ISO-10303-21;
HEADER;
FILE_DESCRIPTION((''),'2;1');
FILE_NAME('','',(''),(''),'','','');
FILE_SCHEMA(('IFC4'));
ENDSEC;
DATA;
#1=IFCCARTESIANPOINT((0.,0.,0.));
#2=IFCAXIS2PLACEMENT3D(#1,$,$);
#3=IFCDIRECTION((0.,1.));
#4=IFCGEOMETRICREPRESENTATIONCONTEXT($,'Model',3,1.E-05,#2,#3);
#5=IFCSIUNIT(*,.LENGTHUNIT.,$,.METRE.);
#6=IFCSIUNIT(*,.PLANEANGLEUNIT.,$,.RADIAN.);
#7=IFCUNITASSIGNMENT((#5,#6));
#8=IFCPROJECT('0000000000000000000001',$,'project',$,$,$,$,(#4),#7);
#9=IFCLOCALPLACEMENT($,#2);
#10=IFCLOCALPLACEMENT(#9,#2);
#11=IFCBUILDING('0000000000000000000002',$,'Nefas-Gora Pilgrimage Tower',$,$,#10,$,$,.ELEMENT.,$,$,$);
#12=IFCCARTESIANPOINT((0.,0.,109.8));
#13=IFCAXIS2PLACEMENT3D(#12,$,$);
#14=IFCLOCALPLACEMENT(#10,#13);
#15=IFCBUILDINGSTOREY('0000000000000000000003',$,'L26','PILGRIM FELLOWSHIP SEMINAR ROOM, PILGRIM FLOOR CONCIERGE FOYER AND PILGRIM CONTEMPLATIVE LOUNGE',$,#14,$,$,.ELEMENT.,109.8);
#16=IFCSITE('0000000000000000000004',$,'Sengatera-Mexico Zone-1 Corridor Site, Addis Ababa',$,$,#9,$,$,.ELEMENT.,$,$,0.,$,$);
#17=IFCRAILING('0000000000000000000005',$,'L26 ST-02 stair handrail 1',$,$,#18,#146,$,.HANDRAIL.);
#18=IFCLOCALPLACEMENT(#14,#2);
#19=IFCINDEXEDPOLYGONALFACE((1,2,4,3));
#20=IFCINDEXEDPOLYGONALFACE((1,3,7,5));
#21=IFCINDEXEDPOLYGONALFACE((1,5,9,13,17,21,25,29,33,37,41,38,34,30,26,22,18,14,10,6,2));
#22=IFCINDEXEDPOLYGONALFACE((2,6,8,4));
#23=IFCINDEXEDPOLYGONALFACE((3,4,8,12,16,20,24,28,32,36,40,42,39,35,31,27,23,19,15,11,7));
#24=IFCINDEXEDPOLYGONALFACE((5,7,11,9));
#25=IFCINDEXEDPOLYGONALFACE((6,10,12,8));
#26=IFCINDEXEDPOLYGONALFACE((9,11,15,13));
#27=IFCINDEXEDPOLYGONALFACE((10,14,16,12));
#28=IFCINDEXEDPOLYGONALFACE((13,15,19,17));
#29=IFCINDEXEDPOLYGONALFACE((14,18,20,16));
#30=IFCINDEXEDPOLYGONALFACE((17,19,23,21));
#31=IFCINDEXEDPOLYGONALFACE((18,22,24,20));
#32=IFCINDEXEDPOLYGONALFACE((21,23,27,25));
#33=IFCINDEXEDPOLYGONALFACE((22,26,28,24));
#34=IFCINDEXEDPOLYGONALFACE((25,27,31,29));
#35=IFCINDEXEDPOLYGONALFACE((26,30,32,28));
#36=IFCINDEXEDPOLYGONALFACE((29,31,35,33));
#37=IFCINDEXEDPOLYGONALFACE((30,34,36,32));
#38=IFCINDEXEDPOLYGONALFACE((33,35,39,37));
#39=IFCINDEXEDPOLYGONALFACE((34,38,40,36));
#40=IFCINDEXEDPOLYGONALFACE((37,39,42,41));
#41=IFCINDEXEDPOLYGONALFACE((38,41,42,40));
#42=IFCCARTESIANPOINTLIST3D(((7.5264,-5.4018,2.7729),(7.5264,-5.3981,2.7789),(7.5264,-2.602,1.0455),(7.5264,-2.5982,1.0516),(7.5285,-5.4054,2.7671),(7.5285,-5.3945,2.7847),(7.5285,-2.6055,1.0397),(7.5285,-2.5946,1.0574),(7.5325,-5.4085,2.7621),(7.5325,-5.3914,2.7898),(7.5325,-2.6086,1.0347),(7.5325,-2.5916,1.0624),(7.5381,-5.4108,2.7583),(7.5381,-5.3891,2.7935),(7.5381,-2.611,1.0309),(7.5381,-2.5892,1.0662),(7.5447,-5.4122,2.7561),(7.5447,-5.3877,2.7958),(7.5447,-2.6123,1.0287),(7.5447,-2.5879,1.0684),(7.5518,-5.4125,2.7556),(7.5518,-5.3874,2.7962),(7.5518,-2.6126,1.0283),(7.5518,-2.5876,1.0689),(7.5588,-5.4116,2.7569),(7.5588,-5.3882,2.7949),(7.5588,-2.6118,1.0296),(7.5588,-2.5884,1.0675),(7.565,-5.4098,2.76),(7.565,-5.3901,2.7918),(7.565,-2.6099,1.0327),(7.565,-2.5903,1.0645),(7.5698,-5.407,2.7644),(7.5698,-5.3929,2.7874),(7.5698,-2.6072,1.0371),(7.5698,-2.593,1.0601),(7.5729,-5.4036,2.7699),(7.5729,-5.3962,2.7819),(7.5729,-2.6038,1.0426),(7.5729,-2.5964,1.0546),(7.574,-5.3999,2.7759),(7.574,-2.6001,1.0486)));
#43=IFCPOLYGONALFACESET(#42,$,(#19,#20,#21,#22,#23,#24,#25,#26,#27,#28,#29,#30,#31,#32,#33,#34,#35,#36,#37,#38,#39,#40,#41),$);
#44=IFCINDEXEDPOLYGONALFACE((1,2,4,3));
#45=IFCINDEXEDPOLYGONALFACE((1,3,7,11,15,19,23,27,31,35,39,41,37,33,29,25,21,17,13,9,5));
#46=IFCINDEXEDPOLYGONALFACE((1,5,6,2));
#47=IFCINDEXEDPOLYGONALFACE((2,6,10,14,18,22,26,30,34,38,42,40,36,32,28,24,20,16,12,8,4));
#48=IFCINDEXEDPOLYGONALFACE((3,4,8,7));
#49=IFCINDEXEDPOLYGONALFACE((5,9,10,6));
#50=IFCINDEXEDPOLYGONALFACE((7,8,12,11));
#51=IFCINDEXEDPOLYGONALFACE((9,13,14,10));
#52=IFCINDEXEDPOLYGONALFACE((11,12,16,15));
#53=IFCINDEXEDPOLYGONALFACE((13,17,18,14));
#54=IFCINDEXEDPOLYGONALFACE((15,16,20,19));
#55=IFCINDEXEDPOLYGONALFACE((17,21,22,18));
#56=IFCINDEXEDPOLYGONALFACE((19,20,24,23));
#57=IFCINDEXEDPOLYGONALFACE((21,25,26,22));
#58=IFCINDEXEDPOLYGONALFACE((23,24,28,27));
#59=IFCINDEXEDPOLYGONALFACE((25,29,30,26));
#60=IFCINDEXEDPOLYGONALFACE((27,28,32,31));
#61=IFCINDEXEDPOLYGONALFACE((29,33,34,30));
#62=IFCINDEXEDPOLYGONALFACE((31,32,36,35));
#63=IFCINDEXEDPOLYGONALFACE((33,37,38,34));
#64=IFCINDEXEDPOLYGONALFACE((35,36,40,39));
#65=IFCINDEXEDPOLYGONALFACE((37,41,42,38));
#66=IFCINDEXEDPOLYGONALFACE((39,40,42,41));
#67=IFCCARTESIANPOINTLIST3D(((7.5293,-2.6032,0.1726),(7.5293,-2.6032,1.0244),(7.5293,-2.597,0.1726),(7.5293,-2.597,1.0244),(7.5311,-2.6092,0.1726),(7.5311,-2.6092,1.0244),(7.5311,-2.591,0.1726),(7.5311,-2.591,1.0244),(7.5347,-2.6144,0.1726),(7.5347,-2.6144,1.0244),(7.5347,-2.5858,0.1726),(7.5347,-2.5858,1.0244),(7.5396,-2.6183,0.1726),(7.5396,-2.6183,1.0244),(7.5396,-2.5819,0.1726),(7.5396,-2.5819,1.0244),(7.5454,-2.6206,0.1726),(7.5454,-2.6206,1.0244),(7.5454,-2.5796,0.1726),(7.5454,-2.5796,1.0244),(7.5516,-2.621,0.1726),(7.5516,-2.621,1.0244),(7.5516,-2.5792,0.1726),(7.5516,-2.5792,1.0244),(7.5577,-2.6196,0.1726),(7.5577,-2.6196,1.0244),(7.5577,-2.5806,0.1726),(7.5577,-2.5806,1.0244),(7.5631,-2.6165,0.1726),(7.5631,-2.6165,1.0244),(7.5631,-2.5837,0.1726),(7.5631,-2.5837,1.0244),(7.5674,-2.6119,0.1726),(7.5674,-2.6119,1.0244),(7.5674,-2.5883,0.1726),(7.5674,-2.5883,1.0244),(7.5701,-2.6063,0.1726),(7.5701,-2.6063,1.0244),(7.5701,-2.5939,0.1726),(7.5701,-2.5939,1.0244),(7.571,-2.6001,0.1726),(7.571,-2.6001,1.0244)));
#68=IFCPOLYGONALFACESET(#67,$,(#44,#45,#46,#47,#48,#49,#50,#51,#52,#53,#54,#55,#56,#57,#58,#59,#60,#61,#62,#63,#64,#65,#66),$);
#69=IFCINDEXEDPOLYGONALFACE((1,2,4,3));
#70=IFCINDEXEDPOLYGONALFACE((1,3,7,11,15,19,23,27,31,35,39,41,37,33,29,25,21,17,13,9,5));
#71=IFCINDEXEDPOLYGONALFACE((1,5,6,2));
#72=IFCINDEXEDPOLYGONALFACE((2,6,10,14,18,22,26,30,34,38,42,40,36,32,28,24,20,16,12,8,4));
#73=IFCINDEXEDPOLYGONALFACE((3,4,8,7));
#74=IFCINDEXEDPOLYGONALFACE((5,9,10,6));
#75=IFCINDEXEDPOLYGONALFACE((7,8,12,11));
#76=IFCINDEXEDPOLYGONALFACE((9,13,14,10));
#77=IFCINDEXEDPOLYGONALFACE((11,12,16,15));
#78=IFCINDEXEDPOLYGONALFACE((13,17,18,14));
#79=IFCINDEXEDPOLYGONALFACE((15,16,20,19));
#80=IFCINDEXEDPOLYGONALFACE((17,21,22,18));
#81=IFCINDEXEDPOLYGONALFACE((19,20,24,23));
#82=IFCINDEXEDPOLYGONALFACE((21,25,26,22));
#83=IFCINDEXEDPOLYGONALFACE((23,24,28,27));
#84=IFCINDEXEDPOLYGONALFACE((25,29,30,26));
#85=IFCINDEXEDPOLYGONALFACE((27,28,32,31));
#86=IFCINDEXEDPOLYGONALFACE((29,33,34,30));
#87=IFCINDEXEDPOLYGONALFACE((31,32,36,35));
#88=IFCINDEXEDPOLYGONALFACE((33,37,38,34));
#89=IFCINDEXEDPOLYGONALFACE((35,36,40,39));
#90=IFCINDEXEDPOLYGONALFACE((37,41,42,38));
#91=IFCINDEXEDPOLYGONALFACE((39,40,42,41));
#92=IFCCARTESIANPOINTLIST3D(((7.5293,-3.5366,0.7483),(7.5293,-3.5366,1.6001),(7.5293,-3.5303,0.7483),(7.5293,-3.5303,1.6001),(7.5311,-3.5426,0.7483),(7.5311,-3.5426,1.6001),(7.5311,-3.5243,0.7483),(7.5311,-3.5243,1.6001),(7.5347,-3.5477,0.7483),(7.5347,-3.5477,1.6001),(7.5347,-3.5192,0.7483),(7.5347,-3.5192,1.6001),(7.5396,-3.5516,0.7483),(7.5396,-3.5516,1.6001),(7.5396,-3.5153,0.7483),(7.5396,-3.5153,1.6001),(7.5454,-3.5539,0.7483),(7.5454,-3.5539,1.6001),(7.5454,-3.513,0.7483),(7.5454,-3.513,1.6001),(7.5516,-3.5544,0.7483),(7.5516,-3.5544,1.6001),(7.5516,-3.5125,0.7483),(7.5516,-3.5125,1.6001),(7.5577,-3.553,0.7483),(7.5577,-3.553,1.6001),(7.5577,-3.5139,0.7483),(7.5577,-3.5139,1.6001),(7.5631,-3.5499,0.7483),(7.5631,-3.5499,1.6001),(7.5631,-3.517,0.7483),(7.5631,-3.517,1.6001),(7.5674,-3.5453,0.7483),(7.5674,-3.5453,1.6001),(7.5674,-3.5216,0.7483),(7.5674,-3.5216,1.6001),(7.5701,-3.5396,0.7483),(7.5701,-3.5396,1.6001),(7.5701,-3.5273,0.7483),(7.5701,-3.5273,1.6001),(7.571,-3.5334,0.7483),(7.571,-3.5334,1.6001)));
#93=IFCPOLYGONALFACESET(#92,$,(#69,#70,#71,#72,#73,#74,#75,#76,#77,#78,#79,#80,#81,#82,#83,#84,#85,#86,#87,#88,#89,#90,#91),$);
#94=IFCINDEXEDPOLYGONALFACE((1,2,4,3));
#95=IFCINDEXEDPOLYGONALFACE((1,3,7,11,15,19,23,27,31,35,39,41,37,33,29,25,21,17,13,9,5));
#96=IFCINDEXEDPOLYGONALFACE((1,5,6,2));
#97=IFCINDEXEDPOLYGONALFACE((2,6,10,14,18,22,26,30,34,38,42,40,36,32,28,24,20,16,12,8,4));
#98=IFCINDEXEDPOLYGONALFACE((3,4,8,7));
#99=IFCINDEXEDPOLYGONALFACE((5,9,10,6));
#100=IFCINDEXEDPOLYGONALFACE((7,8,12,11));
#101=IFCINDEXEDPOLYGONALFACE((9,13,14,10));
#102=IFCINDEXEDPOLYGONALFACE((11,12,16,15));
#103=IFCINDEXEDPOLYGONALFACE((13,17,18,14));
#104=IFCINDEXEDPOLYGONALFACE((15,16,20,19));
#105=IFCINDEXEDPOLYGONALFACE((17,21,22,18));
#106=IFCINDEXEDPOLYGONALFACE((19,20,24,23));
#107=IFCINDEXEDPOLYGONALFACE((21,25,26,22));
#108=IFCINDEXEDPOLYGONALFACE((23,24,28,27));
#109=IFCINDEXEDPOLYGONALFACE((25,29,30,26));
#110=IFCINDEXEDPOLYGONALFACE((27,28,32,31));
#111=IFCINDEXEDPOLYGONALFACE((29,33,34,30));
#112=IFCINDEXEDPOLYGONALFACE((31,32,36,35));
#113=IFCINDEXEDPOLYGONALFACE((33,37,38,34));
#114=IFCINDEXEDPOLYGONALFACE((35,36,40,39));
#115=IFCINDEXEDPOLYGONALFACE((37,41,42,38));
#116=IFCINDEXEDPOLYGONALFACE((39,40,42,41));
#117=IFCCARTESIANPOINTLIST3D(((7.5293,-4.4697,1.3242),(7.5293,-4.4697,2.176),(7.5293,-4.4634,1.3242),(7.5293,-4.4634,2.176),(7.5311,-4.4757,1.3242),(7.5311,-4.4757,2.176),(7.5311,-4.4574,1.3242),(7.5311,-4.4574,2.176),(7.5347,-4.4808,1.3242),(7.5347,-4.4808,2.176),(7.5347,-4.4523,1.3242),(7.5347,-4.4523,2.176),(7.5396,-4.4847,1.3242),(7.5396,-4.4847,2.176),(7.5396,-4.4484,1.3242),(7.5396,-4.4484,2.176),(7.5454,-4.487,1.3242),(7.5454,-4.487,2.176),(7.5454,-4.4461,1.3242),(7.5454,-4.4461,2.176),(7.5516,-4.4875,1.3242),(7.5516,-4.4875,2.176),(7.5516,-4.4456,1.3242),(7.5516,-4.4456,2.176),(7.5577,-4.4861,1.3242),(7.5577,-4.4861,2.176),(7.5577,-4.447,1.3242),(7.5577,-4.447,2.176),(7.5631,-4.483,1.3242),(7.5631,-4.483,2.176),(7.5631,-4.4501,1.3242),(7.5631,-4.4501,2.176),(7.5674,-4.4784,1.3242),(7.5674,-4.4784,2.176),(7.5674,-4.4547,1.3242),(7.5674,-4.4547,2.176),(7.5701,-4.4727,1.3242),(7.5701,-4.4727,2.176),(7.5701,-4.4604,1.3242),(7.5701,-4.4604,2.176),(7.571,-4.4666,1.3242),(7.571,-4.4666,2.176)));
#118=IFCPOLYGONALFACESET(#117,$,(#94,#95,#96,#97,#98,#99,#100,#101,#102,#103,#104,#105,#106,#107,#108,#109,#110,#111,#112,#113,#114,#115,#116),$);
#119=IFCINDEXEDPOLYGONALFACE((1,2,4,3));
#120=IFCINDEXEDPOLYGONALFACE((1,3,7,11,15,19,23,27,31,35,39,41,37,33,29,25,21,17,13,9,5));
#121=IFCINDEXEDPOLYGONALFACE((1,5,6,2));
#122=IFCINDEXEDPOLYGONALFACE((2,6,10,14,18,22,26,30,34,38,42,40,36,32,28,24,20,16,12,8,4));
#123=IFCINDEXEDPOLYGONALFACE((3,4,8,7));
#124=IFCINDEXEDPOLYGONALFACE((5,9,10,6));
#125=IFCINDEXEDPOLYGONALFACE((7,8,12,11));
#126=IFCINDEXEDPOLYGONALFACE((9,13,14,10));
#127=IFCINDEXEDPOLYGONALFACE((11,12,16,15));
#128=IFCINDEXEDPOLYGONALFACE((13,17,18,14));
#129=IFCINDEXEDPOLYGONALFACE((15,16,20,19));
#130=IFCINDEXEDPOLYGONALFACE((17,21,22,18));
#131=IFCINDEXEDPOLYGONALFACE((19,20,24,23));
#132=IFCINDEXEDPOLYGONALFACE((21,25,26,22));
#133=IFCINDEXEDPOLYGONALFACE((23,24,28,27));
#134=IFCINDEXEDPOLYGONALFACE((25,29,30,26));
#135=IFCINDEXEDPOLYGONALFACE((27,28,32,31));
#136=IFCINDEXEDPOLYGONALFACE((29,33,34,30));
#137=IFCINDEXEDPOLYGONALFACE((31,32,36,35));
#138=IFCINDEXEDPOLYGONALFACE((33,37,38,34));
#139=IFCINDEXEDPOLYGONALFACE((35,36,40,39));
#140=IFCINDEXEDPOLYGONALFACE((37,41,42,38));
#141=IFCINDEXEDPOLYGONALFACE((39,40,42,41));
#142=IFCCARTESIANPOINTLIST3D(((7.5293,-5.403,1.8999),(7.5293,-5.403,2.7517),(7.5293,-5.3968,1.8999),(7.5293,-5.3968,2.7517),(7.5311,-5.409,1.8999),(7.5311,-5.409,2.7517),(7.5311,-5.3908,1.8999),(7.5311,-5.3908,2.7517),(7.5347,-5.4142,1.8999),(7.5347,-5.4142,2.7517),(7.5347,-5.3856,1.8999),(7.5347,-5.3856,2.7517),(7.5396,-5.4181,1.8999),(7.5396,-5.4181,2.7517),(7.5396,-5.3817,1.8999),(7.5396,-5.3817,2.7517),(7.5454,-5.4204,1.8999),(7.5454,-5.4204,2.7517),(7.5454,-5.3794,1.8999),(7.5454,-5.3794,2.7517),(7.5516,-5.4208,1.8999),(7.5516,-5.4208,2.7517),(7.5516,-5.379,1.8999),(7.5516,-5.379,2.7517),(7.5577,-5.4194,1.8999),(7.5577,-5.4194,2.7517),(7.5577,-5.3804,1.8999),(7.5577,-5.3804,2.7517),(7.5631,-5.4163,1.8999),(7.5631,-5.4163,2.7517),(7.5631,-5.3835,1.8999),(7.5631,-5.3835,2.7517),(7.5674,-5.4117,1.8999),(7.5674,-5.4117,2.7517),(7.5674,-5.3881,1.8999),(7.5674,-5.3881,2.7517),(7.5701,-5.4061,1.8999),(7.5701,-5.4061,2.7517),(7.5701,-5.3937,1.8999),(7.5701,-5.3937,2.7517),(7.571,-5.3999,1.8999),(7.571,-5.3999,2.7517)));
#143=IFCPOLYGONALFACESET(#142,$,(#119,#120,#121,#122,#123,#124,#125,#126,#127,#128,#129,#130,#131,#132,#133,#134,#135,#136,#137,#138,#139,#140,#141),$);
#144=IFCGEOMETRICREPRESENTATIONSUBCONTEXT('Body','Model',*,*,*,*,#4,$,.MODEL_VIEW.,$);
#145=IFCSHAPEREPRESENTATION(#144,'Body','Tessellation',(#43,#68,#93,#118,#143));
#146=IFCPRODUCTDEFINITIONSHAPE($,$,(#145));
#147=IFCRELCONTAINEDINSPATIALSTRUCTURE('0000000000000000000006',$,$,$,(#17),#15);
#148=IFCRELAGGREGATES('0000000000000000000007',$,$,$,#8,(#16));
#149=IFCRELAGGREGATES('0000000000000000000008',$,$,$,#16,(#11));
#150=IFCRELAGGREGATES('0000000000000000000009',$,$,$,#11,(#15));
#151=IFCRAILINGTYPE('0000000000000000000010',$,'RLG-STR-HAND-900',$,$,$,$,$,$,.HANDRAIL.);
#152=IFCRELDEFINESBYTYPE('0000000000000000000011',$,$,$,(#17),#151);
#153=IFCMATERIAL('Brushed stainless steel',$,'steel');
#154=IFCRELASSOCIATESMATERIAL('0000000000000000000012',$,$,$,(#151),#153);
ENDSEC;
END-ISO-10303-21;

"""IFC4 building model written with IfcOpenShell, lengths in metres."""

from ifc_helpers import new_model, si_unit, direction, frame, origin, origin_2d, place, context, subcontext, project, spatial, circle, extrude, material, type_object, element, save


model = new_model("IFC4")

# Units and contexts
model_context = context("Model", 3, precision=1e-05, world=origin(), true_north=direction((0.0, 1.0)))
body_context = subcontext(model_context, "Body", "Model", "MODEL_VIEW")
ifc_project = project(units=[si_unit("LENGTHUNIT", "METRE"), si_unit("PLANEANGLEUNIT", "RADIAN")], contexts=[model_context])

# Site, building, storey
site_placement = place(None, origin())
site = spatial("IfcSite", under=ifc_project, at=site_placement, Name="Sengatera-Mexico Zone-1 Corridor Site, Addis Ababa", CompositionType="ELEMENT", RefElevation=0.0)
building_placement = place(site_placement, origin())
building = spatial("IfcBuilding", under=site, at=building_placement, Name="Nefas-Gora Pilgrimage Tower", CompositionType="ELEMENT")
storey_placement = place(building_placement, frame((0.0, 0.0, 109.8)))
storey = spatial("IfcBuildingStorey", under=building, at=storey_placement, Name="L26", Description="PILGRIM FELLOWSHIP SEMINAR ROOM, PILGRIM FLOOR CONCIERGE FOYER AND PILGRIM CONTEMPLATIVE LOUNGE", CompositionType="ELEMENT", Elevation=109.8)

# Railing
ifc_material_1 = material(Name="Brushed stainless steel", Category="steel")
railing_type_1 = type_object("IfcRailingType", Name="RLG-STR-HAND-900", PredefinedType="HANDRAIL", material=ifc_material_1)
railing_1_placement = place(storey_placement, frame((7.55, -2.6001, 0.1726)))
element("IfcRailing", 1, at=railing_1_placement, inside=storey, type_object=railing_type_1, Name="L26 ST-02 stair handrail 1", PredefinedType="HANDRAIL", context=body_context, shape_type="SweptSolid", body=[
    extrude(circle(Radius=0.0239, at=origin_2d()), frame((0.0, 0.0, 0.876), z_axis=(0.0, -0.851069, 0.525054), x_axis=(1.0, 0.0, 0.0)), (0.0, 0.0, 1.0), 3.2898),
    extrude(circle(Radius=0.021, at=origin_2d()), origin(), (0.0, 0.0, 1.0), 0.8518),
    extrude(circle(Radius=0.021, at=origin_2d()), frame((0.0, -0.9333, 0.5757)), (0.0, 0.0, 1.0), 0.8518),
    extrude(circle(Radius=0.021, at=origin_2d()), frame((0.0, -1.8665, 1.1516)), (0.0, 0.0, 1.0), 0.8518),
    extrude(circle(Radius=0.021, at=origin_2d()), frame((0.0, -2.7998, 1.7273)), (0.0, 0.0, 1.0), 0.8518),
])

save(model, "model.ifc")
